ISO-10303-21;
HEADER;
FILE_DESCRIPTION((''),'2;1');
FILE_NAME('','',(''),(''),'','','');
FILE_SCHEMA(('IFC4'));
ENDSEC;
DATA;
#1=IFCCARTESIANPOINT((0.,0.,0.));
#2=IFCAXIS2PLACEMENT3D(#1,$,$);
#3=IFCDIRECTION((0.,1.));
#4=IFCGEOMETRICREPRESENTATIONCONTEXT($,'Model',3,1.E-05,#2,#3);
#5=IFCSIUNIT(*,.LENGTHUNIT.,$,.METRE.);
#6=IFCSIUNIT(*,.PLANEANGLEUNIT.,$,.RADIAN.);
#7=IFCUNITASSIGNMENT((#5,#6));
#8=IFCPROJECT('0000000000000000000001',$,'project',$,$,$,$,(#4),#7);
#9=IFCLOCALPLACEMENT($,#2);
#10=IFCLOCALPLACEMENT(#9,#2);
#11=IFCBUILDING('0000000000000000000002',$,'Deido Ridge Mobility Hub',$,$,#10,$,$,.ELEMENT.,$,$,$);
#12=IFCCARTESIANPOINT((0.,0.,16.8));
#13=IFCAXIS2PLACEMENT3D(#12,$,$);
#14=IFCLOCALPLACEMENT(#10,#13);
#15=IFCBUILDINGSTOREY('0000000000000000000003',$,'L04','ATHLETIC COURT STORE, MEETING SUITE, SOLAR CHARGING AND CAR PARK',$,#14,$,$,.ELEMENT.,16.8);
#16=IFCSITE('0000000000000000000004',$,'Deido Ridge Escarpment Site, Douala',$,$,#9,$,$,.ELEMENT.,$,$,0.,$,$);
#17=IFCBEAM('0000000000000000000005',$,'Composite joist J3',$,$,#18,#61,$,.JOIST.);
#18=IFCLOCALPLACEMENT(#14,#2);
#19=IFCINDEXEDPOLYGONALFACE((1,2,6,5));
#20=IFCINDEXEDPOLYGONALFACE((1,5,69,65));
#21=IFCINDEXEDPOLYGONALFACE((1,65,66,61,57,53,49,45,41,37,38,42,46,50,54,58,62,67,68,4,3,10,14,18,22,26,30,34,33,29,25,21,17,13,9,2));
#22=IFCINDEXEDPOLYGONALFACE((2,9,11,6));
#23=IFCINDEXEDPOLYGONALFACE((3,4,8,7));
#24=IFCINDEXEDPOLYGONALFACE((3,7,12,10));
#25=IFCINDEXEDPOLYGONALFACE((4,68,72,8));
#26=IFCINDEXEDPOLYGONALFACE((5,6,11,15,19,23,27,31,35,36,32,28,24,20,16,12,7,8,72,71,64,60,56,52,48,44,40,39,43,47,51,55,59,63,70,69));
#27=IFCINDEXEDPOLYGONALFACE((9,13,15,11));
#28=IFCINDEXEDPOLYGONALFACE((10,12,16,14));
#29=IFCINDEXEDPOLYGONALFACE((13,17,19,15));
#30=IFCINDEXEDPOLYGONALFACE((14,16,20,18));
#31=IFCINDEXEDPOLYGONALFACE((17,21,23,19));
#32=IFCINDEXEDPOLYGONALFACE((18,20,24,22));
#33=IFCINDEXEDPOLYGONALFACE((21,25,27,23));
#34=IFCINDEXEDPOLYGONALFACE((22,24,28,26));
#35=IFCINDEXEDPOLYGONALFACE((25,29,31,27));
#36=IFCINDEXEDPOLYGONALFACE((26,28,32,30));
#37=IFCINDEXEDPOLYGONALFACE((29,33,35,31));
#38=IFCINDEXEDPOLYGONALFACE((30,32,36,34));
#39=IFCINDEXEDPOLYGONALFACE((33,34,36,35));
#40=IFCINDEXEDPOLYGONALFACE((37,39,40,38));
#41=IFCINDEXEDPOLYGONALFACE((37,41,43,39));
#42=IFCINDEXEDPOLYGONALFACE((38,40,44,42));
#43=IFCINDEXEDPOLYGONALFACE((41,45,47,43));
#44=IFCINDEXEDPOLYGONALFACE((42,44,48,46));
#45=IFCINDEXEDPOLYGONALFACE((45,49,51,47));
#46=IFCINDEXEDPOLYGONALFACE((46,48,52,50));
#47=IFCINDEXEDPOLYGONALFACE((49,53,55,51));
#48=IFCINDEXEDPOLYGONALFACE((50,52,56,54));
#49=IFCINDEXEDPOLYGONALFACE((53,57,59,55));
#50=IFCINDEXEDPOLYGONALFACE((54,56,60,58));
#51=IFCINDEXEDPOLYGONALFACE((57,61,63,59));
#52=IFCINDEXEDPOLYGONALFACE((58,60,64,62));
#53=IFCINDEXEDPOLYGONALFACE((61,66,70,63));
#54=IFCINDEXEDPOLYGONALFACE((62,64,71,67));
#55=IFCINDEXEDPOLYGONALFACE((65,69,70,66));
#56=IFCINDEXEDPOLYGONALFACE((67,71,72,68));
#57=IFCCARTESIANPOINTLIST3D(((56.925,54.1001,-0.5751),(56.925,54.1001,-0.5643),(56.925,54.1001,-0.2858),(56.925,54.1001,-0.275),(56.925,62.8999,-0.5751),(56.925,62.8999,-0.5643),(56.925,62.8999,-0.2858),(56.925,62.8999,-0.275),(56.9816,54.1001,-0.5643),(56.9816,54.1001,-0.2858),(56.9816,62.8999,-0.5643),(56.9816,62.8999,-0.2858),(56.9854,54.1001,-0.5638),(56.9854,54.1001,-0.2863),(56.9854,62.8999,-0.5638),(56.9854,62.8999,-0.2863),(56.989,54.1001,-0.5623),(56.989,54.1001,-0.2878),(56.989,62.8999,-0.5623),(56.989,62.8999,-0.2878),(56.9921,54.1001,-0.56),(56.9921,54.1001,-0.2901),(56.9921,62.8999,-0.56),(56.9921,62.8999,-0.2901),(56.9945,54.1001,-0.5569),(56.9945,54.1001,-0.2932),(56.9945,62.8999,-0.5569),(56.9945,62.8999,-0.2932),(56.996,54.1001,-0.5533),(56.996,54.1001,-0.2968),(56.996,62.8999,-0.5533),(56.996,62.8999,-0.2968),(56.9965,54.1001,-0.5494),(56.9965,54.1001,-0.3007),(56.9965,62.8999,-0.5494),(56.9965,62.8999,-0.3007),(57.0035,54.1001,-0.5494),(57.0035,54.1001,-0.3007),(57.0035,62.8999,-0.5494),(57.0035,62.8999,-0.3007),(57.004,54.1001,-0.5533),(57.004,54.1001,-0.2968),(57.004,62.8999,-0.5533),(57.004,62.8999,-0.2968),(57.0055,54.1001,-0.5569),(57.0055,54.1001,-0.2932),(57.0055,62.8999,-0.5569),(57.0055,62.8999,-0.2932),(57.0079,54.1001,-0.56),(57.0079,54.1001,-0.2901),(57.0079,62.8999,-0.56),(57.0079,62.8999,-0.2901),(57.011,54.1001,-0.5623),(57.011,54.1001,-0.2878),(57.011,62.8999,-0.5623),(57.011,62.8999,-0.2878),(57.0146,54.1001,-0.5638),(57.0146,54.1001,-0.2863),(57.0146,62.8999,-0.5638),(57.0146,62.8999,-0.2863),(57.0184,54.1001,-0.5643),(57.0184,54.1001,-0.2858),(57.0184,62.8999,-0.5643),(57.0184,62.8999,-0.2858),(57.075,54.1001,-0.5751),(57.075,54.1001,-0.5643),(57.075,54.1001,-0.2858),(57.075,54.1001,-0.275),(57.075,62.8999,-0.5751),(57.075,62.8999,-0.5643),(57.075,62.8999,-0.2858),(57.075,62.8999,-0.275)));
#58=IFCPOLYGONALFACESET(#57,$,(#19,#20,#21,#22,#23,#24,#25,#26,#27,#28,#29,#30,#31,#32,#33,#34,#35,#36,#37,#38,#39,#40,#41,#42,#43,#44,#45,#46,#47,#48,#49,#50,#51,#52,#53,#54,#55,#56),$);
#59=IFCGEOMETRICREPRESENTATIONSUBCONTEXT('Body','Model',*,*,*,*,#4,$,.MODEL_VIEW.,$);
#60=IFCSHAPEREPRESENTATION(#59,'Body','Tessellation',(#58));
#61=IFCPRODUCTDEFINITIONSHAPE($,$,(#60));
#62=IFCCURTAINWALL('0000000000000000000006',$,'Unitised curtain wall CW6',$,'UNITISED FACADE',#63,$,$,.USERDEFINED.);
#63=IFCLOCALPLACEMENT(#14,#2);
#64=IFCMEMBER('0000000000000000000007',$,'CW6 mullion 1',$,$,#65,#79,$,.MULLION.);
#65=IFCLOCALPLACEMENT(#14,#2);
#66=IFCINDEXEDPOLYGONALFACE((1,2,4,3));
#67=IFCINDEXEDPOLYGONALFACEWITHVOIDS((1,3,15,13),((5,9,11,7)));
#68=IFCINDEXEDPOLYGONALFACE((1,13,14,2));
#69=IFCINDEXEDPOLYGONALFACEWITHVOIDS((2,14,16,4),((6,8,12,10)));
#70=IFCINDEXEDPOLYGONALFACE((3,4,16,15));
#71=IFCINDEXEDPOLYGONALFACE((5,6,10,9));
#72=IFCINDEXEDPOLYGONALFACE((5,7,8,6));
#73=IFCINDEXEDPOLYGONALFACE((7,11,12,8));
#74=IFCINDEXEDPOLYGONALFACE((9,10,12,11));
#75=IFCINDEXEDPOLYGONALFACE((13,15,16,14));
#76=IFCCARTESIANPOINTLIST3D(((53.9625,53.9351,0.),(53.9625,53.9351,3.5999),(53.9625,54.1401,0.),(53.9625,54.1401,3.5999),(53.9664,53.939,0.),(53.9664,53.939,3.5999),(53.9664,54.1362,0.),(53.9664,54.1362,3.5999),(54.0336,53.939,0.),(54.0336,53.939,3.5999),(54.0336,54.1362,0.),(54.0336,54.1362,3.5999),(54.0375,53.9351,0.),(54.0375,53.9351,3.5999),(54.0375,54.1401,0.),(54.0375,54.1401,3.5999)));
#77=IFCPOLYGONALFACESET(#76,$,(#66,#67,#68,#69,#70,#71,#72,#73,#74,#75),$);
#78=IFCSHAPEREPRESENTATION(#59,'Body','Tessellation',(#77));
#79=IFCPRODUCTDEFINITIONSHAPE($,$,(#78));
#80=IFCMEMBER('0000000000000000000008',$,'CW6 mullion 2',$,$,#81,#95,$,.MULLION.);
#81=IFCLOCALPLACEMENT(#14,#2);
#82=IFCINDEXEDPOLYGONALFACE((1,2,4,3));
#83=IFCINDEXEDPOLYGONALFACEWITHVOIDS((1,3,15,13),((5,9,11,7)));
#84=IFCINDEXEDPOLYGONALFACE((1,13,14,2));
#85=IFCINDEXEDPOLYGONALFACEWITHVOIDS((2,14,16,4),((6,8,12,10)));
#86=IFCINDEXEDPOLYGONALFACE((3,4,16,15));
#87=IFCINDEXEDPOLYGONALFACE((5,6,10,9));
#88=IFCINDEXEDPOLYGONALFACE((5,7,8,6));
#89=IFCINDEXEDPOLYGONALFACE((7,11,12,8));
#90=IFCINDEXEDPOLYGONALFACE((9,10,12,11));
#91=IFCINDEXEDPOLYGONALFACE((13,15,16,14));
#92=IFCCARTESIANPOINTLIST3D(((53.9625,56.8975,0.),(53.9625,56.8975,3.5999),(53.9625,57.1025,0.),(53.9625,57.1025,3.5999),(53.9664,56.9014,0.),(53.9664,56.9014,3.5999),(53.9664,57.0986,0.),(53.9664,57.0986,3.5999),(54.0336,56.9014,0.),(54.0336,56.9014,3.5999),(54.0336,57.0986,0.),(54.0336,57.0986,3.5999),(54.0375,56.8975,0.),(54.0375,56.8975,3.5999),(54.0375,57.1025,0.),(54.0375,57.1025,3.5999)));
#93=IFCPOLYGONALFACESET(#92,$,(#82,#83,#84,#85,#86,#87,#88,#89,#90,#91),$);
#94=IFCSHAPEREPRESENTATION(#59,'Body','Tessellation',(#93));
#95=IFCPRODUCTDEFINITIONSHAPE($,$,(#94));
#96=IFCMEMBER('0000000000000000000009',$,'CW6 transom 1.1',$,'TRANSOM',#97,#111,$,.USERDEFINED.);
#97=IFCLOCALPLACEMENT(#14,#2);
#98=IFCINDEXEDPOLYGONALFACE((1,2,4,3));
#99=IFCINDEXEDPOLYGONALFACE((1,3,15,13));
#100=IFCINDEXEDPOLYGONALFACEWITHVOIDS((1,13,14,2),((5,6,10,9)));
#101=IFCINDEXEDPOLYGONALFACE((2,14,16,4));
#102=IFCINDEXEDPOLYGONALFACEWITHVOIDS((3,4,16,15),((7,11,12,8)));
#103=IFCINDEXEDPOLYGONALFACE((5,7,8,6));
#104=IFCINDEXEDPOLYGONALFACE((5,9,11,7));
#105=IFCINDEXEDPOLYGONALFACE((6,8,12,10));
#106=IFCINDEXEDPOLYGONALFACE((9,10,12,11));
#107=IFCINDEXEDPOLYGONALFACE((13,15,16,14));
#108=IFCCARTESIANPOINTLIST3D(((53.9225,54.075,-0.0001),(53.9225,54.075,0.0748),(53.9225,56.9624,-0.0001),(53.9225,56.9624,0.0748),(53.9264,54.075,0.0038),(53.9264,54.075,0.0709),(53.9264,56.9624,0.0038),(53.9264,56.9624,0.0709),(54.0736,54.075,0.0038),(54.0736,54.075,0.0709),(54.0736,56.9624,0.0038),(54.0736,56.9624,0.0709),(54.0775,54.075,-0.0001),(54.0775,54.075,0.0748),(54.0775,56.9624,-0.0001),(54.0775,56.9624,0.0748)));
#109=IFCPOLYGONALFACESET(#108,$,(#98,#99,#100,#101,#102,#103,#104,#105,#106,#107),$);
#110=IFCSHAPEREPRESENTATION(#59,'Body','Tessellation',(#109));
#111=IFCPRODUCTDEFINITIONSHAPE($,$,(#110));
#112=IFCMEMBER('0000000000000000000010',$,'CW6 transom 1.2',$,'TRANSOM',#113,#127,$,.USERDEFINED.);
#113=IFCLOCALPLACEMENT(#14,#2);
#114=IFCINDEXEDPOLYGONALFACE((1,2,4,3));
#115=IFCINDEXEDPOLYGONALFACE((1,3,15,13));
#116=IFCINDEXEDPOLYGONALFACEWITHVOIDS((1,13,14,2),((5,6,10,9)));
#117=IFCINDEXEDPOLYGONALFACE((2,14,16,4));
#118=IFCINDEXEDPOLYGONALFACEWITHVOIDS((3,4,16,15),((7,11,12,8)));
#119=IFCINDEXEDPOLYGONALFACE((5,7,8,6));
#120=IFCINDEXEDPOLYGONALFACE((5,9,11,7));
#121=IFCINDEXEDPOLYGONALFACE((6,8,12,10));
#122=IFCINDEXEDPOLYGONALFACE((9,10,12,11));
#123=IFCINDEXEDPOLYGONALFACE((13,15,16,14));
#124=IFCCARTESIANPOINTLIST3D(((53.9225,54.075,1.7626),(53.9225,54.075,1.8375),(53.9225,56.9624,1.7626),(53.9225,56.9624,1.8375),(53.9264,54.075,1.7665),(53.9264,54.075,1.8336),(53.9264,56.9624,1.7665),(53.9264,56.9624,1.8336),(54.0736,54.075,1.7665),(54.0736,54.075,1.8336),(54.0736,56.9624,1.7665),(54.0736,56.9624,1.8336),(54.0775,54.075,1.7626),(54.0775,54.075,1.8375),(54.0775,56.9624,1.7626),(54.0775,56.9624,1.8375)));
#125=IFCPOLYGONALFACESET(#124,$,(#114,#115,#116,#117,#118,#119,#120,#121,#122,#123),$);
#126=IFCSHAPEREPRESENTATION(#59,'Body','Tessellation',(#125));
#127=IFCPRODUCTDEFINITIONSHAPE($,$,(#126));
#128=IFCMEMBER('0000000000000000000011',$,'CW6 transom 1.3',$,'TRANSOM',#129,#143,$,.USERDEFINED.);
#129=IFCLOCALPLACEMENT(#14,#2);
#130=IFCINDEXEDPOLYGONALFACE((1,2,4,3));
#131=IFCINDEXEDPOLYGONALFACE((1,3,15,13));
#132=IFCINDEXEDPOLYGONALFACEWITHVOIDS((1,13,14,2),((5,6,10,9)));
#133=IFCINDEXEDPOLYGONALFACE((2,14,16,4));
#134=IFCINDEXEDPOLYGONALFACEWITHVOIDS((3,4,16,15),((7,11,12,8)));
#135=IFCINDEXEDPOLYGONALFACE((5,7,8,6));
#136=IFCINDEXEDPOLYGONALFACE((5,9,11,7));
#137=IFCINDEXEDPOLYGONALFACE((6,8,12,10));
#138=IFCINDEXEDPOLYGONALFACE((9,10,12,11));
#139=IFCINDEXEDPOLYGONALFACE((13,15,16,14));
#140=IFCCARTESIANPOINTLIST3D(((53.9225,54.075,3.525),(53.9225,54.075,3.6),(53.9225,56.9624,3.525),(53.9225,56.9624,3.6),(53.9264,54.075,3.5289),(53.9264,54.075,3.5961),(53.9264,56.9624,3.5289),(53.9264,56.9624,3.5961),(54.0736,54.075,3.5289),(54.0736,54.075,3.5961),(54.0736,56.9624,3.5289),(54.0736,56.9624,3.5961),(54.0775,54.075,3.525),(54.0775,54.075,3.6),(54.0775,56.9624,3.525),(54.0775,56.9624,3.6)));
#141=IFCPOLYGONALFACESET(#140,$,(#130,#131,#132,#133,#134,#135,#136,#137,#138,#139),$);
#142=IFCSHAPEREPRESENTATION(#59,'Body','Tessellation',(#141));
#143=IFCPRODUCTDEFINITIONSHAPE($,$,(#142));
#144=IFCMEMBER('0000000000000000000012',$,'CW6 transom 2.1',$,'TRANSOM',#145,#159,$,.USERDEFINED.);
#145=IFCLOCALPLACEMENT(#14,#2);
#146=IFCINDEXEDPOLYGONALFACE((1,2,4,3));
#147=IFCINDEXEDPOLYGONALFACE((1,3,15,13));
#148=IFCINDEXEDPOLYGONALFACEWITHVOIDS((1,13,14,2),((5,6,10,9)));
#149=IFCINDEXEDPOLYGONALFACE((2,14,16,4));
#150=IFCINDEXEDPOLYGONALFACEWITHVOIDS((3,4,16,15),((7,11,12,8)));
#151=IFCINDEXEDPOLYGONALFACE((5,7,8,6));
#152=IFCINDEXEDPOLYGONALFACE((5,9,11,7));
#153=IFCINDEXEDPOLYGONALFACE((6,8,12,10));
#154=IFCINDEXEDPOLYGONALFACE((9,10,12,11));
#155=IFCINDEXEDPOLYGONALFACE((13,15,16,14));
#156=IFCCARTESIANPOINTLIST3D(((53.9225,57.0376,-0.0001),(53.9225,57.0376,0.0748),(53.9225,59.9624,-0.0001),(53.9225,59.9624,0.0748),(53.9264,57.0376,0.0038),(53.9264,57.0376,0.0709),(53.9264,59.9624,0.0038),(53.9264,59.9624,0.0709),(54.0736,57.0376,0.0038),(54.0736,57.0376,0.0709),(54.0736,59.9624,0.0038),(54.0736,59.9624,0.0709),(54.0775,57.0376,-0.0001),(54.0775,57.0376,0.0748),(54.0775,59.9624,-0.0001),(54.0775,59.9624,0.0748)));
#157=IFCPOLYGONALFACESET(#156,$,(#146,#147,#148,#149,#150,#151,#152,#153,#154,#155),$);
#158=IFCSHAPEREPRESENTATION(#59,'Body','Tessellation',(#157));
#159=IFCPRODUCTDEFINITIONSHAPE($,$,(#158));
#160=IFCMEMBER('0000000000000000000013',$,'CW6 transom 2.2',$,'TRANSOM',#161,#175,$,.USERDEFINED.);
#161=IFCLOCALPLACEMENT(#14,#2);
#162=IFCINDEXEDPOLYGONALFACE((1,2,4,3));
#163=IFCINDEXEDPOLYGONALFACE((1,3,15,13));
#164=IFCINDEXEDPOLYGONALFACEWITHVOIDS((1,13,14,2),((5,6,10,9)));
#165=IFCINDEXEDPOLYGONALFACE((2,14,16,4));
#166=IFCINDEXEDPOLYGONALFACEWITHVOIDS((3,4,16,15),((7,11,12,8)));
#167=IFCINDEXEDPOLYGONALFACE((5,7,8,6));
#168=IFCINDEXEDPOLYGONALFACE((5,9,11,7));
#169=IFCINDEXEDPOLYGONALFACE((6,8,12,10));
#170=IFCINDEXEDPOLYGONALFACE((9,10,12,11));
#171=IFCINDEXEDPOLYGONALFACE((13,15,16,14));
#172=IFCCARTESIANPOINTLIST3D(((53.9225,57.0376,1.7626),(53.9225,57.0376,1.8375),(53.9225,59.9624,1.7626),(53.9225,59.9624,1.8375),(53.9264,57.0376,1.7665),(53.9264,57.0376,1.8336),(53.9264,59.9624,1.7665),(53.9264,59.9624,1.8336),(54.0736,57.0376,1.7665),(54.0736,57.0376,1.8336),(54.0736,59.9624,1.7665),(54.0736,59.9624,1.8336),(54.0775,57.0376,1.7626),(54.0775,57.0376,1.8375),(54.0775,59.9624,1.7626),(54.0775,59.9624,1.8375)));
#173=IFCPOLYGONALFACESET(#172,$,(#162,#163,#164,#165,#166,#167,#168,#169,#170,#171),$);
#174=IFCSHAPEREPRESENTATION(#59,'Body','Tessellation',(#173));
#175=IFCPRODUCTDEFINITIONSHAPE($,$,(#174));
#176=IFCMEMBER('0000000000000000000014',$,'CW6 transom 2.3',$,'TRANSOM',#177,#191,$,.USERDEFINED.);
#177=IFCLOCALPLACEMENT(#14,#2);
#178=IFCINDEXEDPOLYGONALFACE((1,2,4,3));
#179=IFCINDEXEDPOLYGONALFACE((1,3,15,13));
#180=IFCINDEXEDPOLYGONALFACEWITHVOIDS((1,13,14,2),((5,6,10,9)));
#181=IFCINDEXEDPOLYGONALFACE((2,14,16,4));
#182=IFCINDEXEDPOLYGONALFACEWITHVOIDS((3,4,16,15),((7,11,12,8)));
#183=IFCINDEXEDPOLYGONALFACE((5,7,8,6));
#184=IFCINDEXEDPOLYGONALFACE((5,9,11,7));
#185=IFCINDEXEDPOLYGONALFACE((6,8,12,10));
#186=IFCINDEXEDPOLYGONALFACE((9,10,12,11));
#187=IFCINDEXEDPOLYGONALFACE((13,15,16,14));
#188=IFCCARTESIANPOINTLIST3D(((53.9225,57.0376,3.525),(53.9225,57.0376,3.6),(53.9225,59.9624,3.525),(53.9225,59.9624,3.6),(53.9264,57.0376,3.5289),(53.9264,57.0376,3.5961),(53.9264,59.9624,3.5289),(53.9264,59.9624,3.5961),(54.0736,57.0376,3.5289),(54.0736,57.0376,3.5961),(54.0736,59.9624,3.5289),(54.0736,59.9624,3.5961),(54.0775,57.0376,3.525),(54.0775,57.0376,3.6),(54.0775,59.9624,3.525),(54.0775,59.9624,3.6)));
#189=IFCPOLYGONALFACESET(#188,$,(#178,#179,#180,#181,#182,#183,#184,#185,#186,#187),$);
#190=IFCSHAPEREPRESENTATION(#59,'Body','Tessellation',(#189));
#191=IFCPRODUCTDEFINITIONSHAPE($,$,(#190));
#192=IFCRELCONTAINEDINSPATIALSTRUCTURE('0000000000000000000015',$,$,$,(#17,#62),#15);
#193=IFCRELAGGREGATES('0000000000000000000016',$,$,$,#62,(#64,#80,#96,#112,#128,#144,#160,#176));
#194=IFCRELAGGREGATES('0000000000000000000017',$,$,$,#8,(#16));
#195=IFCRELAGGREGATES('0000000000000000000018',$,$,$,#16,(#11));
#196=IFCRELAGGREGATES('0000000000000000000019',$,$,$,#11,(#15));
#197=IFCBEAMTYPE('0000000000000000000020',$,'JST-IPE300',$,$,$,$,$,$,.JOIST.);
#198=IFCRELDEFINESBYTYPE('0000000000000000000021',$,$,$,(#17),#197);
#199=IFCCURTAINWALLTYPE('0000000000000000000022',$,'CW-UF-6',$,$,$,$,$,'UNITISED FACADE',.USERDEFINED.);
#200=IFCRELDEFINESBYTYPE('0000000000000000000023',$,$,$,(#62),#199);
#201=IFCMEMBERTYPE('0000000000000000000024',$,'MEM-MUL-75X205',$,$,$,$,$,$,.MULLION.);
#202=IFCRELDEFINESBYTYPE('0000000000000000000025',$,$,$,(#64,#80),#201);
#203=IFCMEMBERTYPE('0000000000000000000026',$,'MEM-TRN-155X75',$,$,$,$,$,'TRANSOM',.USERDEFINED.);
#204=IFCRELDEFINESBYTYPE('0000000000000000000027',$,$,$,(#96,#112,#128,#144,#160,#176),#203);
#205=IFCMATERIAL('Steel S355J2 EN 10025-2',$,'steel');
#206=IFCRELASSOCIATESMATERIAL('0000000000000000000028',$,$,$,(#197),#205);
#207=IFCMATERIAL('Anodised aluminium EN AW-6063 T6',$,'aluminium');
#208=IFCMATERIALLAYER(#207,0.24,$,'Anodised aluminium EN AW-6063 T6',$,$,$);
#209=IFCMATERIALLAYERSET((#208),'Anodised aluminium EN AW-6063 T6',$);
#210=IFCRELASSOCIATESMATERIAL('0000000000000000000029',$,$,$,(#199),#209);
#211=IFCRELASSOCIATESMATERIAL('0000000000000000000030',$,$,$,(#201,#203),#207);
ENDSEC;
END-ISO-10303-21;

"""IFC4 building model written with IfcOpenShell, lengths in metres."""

from ifc_helpers import new_model, si_unit, direction, frame, origin, origin_2d, place, context, subcontext, project, spatial, hollow_rectangle, i_section, extrude, material, layer, layer_set, material_profile, profile_set, type_object, element, aggregate, save


model = new_model("IFC4")

# Units and contexts
model_context = context("Model", 3, precision=1e-05, world=origin(), true_north=direction((0.0, 1.0)))
body_context = subcontext(model_context, "Body", "Model", "MODEL_VIEW")
ifc_project = project(units=[si_unit("LENGTHUNIT", "METRE"), si_unit("PLANEANGLEUNIT", "RADIAN")], contexts=[model_context])

# Site, building, storey
site_placement = place(None, origin())
site = spatial("IfcSite", under=ifc_project, at=site_placement, Name="Deido Ridge Escarpment Site, Douala", CompositionType="ELEMENT", RefElevation=0.0)
building_placement = place(site_placement, origin())
building = spatial("IfcBuilding", under=site, at=building_placement, Name="Deido Ridge Mobility Hub", CompositionType="ELEMENT")
storey_placement = place(building_placement, frame((0.0, 0.0, 16.8)))
storey = spatial("IfcBuildingStorey", under=building, at=storey_placement, Name="L04", Description="ATHLETIC COURT STORE, MEETING SUITE, SOLAR CHARGING AND CAR PARK", CompositionType="ELEMENT", Elevation=16.8)

# Shared definitions
ifc_material_1 = material(Name="Steel S355J2 EN 10025-2", Category="steel")

# Beam
ifc_material_profile_1 = material_profile(ifc_material_1, i_section(OverallWidth=0.1499, OverallDepth=0.3, WebThickness=0.0071, FlangeThickness=0.0107, FilletRadius=0.0149, at=origin_2d()), Name="IPE 300")
ifc_profile_set_1 = profile_set([ifc_material_profile_1], Name="Steel S355J2 EN 10025-2")
beam_type_1 = type_object("IfcBeamType", Name="JST-IPE300", PredefinedType="JOIST", material=ifc_profile_set_1)
beam_1_placement = place(storey_placement, frame((57.0, 54.1001, -0.425), z_axis=(0.0, 1.0, 0.0), x_axis=(-1.0, 0.0, 0.0)))
element("IfcBeam", 1, at=beam_1_placement, inside=storey, type_object=beam_type_1, Name="Composite joist J3", PredefinedType="JOIST", context=body_context, shape_type="SweptSolid", body=[
    extrude(i_section(OverallWidth=0.1499, OverallDepth=0.3, WebThickness=0.0071, FlangeThickness=0.0107, FilletRadius=0.0149, at=origin_2d()), origin(), (0.0, 0.0, 1.0), 8.7998),
])

# Curtain wall, members
ifc_material_2 = material(Name="Anodised aluminium EN AW-6063 T6", Category="aluminium")
ifc_layer_1 = layer(ifc_material_2, 0.24, Name="Anodised aluminium EN AW-6063 T6")
ifc_layer_set_1 = layer_set([ifc_layer_1], Name="Anodised aluminium EN AW-6063 T6")
curtain_wall_type = type_object("IfcCurtainWallType", Name="CW-UF-6", ElementType="UNITISED FACADE", PredefinedType="USERDEFINED", material=ifc_layer_set_1)
curtain_wall_placement = place(storey_placement, origin())
curtain_wall = element("IfcCurtainWall", 2, at=curtain_wall_placement, inside=storey, type_object=curtain_wall_type, Name="Unitised curtain wall CW6", ObjectType="UNITISED FACADE", PredefinedType="USERDEFINED")
ifc_material_profile_2 = material_profile(ifc_material_2, hollow_rectangle(XDim=0.075, YDim=0.2051, WallThickness=0.0039, at=origin_2d()), Name="RHS 75x205x4")
ifc_profile_set_2 = profile_set([ifc_material_profile_2], Name="Anodised aluminium EN AW-6063 T6")
member_type_1 = type_object("IfcMemberType", Name="MEM-MUL-75X205", PredefinedType="MULLION", material=ifc_profile_set_2)
member_1_placement = place(storey_placement, frame((54.0, 54.0376, 0.0), z_axis=(0.0, 0.0, 1.0), x_axis=(-1.0, 0.0, 0.0)))
member_1 = element("IfcMember", 3, at=member_1_placement, type_object=member_type_1, Name="CW6 mullion 1", PredefinedType="MULLION", context=body_context, shape_type="SweptSolid", body=[
    extrude(hollow_rectangle(XDim=0.075, YDim=0.2051, WallThickness=0.0039, at=origin_2d()), origin(), (0.0, 0.0, 1.0), 3.5999),
])
member_2_placement = place(storey_placement, frame((54.0, 57.0, 0.0), z_axis=(0.0, 0.0, 1.0), x_axis=(-1.0, 0.0, 0.0)))
member_2 = element("IfcMember", 4, at=member_2_placement, type_object=member_type_1, Name="CW6 mullion 2", PredefinedType="MULLION", context=body_context, shape_type="SweptSolid", body=[
    extrude(hollow_rectangle(XDim=0.075, YDim=0.2051, WallThickness=0.0039, at=origin_2d()), origin(), (0.0, 0.0, 1.0), 3.5999),
])
ifc_material_profile_3 = material_profile(ifc_material_2, hollow_rectangle(XDim=0.155, YDim=0.075, WallThickness=0.0039, at=origin_2d()), Name="RHS 155x75x4")
ifc_profile_set_3 = profile_set([ifc_material_profile_3], Name="Anodised aluminium EN AW-6063 T6")
member_type_2 = type_object("IfcMemberType", Name="MEM-TRN-155X75", ElementType="TRANSOM", PredefinedType="USERDEFINED", material=ifc_profile_set_3)
member_3_placement = place(storey_placement, frame((54.0, 54.075, 0.0374), z_axis=(0.0, 1.0, 0.0), x_axis=(-1.0, 0.0, 0.0)))
member_3 = element("IfcMember", 5, at=member_3_placement, type_object=member_type_2, Name="CW6 transom 1.1", ObjectType="TRANSOM", PredefinedType="USERDEFINED", context=body_context, shape_type="SweptSolid", body=[
    extrude(hollow_rectangle(XDim=0.155, YDim=0.075, WallThickness=0.0039, at=origin_2d()), origin(), (0.0, 0.0, 1.0), 2.8875),
])
member_4_placement = place(storey_placement, frame((54.0, 54.075, 1.8), z_axis=(0.0, 1.0, 0.0), x_axis=(-1.0, 0.0, 0.0)))
member_4 = element("IfcMember", 6, at=member_4_placement, type_object=member_type_2, Name="CW6 transom 1.2", ObjectType="TRANSOM", PredefinedType="USERDEFINED", context=body_context, shape_type="SweptSolid", body=[
    extrude(hollow_rectangle(XDim=0.155, YDim=0.075, WallThickness=0.0039, at=origin_2d()), origin(), (0.0, 0.0, 1.0), 2.8875),
])
member_5_placement = place(storey_placement, frame((54.0, 54.075, 3.5625), z_axis=(0.0, 1.0, 0.0), x_axis=(-1.0, 0.0, 0.0)))
member_5 = element("IfcMember", 7, at=member_5_placement, type_object=member_type_2, Name="CW6 transom 1.3", ObjectType="TRANSOM", PredefinedType="USERDEFINED", context=body_context, shape_type="SweptSolid", body=[
    extrude(hollow_rectangle(XDim=0.155, YDim=0.075, WallThickness=0.0039, at=origin_2d()), origin(), (0.0, 0.0, 1.0), 2.8875),
])
member_6_placement = place(storey_placement, frame((54.0, 57.0376, 0.0374), z_axis=(0.0, 1.0, 0.0), x_axis=(-1.0, 0.0, 0.0)))
member_6 = element("IfcMember", 8, at=member_6_placement, type_object=member_type_2, Name="CW6 transom 2.1", ObjectType="TRANSOM", PredefinedType="USERDEFINED", context=body_context, shape_type="SweptSolid", body=[
    extrude(hollow_rectangle(XDim=0.155, YDim=0.075, WallThickness=0.0039, at=origin_2d()), origin(), (0.0, 0.0, 1.0), 2.9248),
])
member_7_placement = place(storey_placement, frame((54.0, 57.0376, 1.8), z_axis=(0.0, 1.0, 0.0), x_axis=(-1.0, 0.0, 0.0)))
member_7 = element("IfcMember", 9, at=member_7_placement, type_object=member_type_2, Name="CW6 transom 2.2", ObjectType="TRANSOM", PredefinedType="USERDEFINED", context=body_context, shape_type="SweptSolid", body=[
    extrude(hollow_rectangle(XDim=0.155, YDim=0.075, WallThickness=0.0039, at=origin_2d()), origin(), (0.0, 0.0, 1.0), 2.9248),
])
member_8_placement = place(storey_placement, frame((54.0, 57.0376, 3.5625), z_axis=(0.0, 1.0, 0.0), x_axis=(-1.0, 0.0, 0.0)))
member_8 = element("IfcMember", 10, at=member_8_placement, type_object=member_type_2, Name="CW6 transom 2.3", ObjectType="TRANSOM", PredefinedType="USERDEFINED", context=body_context, shape_type="SweptSolid", body=[
    extrude(hollow_rectangle(XDim=0.155, YDim=0.075, WallThickness=0.0039, at=origin_2d()), origin(), (0.0, 0.0, 1.0), 2.9248),
])

aggregate(curtain_wall, [member_1, member_2, member_3, member_4, member_5, member_6, member_7, member_8])

save(model, "model.ifc")
